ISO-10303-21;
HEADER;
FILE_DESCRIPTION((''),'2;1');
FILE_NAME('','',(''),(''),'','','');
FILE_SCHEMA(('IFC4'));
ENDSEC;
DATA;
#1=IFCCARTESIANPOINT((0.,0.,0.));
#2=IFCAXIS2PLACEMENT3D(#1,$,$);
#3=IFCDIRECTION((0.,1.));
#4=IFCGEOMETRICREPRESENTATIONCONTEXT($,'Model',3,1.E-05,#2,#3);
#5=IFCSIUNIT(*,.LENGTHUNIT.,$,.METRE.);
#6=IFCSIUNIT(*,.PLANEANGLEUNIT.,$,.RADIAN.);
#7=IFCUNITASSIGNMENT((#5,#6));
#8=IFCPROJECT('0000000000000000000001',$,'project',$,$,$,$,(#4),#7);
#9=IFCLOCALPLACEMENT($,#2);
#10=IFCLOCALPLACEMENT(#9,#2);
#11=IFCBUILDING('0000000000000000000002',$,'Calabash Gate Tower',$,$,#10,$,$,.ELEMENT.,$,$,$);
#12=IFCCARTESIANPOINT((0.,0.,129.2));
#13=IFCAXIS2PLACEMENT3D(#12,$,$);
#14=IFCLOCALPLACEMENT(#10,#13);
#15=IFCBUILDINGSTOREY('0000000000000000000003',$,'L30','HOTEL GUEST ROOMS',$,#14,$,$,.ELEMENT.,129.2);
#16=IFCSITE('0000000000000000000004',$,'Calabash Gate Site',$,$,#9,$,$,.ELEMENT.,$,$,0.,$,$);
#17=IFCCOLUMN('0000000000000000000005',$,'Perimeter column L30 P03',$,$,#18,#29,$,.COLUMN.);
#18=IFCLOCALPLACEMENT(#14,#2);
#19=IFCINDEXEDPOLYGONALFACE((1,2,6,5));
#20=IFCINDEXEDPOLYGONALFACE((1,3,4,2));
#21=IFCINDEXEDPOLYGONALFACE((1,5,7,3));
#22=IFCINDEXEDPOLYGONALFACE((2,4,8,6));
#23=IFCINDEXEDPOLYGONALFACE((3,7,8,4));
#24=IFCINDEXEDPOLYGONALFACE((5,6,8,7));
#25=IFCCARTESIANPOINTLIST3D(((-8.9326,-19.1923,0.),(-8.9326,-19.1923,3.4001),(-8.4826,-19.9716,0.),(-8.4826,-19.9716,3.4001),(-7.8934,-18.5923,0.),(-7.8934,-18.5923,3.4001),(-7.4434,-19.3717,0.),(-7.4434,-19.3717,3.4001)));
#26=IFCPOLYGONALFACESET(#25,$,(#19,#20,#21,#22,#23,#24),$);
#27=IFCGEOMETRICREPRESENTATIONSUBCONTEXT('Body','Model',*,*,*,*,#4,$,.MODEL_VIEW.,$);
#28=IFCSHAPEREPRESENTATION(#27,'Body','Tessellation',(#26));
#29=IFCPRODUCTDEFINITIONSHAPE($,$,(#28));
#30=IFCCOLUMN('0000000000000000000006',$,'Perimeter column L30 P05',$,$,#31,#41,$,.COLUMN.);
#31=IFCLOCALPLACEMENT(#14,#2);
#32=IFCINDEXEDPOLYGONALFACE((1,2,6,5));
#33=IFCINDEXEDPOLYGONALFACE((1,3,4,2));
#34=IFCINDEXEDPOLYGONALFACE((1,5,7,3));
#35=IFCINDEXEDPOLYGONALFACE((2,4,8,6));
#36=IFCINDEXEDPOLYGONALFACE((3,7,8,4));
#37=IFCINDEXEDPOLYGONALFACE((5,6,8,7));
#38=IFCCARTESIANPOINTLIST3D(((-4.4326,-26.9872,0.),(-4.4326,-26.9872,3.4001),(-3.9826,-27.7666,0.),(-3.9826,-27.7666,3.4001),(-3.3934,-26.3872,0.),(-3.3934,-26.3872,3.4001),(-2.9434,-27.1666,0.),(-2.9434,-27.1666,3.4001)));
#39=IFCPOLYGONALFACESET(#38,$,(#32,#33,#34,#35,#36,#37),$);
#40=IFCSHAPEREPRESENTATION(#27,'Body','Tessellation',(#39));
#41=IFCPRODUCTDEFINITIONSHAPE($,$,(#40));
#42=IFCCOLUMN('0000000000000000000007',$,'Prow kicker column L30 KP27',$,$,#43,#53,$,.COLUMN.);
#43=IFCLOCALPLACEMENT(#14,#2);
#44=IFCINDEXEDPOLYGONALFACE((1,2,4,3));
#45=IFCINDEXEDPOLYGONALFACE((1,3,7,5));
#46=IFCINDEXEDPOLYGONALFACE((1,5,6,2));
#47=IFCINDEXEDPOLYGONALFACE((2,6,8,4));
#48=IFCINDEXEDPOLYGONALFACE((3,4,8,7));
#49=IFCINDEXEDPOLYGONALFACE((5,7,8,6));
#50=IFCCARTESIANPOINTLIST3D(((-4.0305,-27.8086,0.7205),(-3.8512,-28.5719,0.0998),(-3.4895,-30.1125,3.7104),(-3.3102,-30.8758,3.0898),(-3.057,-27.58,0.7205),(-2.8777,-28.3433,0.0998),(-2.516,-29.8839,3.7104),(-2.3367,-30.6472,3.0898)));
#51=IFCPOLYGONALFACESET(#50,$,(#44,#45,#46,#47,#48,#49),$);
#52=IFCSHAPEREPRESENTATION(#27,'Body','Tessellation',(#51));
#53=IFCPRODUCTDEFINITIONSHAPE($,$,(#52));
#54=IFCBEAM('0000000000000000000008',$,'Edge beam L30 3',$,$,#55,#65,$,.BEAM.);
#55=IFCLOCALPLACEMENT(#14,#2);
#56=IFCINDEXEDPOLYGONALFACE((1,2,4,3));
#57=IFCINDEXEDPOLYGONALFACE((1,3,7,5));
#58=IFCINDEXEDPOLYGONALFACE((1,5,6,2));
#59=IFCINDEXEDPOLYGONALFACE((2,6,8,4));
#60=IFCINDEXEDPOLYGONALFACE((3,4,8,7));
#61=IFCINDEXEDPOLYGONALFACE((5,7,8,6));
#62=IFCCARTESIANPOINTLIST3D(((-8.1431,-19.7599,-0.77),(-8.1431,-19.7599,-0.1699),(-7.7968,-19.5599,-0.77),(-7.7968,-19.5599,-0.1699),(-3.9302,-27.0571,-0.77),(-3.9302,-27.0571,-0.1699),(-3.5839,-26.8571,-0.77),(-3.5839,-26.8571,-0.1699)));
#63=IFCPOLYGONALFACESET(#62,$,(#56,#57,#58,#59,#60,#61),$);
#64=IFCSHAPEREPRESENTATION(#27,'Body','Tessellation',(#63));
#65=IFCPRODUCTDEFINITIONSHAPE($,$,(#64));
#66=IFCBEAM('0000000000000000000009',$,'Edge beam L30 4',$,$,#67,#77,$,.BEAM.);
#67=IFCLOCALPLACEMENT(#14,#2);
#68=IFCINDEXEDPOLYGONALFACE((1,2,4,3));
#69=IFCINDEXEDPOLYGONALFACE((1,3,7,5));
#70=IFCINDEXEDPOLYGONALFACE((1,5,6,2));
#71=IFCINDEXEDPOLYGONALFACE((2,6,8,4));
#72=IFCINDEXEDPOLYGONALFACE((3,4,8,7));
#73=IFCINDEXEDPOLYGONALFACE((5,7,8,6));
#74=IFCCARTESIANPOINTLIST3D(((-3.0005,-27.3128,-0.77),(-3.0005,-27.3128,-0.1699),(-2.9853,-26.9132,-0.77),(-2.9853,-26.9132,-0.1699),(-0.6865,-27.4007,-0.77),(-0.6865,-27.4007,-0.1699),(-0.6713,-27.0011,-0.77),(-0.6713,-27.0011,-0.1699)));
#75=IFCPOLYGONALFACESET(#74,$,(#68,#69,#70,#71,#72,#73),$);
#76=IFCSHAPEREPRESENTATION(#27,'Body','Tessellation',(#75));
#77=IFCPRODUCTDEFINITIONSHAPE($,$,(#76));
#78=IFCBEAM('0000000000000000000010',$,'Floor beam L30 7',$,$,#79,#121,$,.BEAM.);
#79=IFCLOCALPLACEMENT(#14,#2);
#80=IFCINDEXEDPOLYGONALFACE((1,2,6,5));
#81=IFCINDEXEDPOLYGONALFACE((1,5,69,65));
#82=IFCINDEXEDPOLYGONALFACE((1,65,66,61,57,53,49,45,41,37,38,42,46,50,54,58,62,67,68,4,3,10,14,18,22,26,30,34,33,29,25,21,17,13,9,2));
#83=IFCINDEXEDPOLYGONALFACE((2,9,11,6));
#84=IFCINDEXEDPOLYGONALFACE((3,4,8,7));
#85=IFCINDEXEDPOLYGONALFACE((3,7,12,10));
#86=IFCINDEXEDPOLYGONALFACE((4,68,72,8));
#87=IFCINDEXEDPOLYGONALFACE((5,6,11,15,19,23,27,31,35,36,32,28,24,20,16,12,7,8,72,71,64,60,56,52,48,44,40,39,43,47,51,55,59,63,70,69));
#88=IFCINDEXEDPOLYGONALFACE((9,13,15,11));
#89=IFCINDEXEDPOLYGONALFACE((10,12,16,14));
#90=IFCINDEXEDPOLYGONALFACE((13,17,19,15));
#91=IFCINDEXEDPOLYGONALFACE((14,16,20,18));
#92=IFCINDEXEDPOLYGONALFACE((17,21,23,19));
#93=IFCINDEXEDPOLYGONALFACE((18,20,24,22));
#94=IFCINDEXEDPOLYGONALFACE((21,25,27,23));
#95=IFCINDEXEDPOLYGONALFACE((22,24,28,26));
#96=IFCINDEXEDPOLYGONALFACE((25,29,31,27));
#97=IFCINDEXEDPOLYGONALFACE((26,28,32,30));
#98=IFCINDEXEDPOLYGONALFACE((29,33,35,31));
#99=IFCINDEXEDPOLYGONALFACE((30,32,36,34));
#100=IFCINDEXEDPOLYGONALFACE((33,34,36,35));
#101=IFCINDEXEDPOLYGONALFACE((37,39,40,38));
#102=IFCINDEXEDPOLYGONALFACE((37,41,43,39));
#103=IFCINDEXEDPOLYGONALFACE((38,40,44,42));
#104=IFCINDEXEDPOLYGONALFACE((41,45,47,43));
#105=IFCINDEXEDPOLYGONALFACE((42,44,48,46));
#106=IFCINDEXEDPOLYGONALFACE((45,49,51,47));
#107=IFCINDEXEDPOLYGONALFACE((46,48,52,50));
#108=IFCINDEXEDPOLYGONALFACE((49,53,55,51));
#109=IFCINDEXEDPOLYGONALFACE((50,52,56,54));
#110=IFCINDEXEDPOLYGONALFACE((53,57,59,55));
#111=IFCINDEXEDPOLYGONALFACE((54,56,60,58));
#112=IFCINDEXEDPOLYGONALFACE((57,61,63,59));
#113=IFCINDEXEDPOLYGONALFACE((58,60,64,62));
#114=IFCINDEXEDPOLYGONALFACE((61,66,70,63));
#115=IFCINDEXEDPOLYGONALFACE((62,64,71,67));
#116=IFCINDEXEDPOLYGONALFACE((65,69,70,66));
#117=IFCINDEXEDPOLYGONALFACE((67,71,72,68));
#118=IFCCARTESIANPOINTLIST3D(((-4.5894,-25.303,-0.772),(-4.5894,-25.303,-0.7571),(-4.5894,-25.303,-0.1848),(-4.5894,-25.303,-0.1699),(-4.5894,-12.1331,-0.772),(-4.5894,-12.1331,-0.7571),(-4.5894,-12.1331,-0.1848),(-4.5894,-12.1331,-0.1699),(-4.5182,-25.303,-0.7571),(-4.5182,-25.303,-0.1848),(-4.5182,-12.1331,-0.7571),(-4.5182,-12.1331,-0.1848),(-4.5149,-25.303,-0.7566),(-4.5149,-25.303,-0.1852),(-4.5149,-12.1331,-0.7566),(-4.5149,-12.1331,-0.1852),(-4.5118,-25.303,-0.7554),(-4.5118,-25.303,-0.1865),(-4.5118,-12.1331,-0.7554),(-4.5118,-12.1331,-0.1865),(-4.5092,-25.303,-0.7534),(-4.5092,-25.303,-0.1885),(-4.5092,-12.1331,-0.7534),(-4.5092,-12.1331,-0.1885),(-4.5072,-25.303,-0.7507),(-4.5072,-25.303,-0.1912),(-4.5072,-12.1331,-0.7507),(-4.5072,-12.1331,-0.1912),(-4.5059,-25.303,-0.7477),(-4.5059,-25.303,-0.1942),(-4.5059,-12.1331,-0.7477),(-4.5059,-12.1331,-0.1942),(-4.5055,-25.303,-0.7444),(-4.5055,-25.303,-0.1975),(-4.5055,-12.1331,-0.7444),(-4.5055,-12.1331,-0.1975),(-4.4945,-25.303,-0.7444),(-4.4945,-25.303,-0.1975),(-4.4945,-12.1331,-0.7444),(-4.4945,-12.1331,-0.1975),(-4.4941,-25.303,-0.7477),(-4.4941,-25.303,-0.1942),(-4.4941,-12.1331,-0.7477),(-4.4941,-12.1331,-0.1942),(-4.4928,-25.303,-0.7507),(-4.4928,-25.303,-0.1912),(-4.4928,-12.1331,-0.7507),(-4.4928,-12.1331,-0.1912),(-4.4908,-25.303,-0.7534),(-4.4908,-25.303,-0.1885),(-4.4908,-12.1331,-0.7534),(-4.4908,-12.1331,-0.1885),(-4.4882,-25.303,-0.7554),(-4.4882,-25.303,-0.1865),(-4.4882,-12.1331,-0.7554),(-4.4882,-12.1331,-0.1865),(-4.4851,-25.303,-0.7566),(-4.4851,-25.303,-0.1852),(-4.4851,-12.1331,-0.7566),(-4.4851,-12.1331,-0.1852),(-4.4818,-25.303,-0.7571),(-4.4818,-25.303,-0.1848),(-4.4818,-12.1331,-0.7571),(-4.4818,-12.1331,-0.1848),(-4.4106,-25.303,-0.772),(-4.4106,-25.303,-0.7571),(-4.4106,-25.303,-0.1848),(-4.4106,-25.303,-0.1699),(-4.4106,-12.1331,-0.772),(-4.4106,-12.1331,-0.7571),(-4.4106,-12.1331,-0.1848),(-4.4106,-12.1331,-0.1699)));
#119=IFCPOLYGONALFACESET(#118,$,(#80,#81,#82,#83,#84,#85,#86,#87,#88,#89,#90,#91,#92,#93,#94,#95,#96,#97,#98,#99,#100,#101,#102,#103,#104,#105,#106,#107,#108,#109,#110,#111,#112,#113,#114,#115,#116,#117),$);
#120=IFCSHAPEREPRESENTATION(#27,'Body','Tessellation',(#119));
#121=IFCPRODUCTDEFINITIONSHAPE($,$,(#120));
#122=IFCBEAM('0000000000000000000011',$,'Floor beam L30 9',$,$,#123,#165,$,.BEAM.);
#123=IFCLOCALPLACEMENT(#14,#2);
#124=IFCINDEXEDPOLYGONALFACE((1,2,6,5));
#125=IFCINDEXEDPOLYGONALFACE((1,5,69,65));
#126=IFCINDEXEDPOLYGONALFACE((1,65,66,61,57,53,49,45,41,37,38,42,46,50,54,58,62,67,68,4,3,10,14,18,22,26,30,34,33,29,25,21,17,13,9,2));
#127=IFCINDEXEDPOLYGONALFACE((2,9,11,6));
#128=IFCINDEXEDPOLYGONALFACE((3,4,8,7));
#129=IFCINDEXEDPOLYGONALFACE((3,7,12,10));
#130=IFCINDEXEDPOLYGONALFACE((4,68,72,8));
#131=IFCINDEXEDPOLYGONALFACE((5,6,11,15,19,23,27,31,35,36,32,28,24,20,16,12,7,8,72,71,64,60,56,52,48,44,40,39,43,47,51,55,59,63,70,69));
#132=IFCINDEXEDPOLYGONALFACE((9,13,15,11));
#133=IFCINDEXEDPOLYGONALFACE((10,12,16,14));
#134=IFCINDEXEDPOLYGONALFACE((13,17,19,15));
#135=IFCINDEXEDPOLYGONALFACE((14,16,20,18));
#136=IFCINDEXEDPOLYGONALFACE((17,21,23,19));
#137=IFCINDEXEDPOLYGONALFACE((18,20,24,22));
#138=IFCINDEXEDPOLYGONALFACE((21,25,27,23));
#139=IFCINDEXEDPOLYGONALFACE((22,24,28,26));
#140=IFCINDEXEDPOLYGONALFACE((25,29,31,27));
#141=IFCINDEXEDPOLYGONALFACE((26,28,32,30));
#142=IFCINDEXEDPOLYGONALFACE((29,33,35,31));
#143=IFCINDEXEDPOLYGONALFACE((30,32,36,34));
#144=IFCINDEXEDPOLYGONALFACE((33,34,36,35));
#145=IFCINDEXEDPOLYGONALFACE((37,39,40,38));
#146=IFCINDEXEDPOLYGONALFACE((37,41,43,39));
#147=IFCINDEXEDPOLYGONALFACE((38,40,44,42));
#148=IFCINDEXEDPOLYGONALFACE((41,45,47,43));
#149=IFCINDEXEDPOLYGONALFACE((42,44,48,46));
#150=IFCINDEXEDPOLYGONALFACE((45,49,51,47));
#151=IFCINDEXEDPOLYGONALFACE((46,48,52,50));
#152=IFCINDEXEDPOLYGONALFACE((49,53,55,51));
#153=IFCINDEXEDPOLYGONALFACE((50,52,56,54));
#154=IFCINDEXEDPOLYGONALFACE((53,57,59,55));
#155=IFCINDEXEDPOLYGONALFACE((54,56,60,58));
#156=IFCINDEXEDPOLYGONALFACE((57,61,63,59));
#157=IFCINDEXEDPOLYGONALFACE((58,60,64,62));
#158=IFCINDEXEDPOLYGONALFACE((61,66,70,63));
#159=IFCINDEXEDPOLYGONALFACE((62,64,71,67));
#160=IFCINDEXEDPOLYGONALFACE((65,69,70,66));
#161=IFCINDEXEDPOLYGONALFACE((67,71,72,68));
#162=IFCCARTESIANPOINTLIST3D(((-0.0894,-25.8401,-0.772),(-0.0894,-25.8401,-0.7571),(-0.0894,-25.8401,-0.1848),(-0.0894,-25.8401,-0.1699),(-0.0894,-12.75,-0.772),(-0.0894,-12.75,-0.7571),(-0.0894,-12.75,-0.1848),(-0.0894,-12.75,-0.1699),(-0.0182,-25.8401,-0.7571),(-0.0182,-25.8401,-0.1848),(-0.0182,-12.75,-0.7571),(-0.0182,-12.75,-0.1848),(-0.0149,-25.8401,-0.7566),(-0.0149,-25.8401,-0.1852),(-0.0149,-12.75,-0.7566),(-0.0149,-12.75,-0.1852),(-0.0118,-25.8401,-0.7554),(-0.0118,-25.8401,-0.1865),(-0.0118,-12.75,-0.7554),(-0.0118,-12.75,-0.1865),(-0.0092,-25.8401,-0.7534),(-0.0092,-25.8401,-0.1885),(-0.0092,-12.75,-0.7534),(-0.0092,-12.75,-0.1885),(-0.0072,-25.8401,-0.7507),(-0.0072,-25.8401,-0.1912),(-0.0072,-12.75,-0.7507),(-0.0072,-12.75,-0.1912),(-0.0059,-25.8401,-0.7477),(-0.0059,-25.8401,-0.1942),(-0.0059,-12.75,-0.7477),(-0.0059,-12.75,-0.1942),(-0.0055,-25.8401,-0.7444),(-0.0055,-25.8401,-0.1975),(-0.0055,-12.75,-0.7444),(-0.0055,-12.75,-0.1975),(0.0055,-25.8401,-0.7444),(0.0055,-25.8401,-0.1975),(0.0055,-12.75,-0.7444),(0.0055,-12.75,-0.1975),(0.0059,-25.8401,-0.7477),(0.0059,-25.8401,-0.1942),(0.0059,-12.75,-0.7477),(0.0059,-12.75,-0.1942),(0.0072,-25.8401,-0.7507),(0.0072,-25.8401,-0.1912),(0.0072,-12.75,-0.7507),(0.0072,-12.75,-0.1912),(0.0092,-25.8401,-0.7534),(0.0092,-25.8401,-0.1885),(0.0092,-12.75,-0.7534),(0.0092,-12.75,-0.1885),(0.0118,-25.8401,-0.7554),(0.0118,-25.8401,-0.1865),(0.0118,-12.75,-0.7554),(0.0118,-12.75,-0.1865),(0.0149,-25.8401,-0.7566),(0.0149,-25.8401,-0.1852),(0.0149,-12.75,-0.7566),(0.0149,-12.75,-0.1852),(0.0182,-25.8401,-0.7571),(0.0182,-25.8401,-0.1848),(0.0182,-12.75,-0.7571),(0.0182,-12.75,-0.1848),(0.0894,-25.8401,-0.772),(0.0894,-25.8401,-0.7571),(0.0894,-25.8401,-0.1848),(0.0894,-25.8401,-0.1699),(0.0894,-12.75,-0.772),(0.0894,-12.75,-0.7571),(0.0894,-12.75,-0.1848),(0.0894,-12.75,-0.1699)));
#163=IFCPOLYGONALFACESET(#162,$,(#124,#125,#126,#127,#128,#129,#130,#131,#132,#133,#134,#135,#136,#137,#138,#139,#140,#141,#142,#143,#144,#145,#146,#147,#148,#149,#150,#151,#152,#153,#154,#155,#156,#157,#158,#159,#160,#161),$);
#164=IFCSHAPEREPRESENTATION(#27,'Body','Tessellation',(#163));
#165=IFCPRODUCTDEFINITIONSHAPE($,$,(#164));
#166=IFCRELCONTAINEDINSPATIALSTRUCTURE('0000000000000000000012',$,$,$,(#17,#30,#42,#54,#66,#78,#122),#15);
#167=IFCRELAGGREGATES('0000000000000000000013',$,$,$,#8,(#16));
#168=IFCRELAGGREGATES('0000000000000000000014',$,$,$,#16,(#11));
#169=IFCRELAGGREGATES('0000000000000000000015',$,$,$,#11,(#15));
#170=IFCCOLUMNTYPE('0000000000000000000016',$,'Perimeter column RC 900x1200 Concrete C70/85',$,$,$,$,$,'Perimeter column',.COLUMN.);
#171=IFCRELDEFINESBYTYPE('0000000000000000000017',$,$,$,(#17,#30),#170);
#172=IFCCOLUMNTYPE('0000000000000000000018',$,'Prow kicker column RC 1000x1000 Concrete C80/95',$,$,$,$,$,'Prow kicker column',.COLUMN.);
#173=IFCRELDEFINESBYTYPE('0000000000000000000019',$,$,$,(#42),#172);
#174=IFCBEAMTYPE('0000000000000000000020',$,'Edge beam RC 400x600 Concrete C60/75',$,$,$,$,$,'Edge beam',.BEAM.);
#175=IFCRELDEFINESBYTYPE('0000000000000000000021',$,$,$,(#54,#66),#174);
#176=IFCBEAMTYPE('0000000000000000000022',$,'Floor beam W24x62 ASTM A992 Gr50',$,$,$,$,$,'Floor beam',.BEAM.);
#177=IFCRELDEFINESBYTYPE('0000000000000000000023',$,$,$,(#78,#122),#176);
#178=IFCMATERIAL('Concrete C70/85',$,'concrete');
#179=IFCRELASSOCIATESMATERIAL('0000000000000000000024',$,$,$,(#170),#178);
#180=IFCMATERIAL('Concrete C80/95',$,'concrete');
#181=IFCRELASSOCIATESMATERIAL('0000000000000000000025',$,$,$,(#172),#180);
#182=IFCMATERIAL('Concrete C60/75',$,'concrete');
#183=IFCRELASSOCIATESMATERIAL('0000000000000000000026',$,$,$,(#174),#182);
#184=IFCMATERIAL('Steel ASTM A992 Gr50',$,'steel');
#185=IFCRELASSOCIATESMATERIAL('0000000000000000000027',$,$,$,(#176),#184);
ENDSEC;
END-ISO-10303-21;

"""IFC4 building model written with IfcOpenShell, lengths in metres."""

from ifc_helpers import new_model, si_unit, direction, frame, origin, origin_2d, place, context, subcontext, project, spatial, rectangle, i_section, extrude, material, material_profile, profile_set, type_object, element, save


model = new_model("IFC4")

# Units and contexts
model_context = context("Model", 3, precision=1e-05, world=origin(), true_north=direction((0.0, 1.0)))
body_context = subcontext(model_context, "Body", "Model", "MODEL_VIEW")
ifc_project = project(units=[si_unit("LENGTHUNIT", "METRE"), si_unit("PLANEANGLEUNIT", "RADIAN")], contexts=[model_context])

# Site, building, storey
site_placement = place(None, origin())
site = spatial("IfcSite", under=ifc_project, at=site_placement, Name="Calabash Gate Site", CompositionType="ELEMENT", RefElevation=0.0)
building_placement = place(site_placement, origin())
building = spatial("IfcBuilding", under=site, at=building_placement, Name="Calabash Gate Tower", CompositionType="ELEMENT")
storey_placement = place(building_placement, frame((0.0, 0.0, 129.2)))
storey = spatial("IfcBuildingStorey", under=building, at=storey_placement, Name="L30", Description="HOTEL GUEST ROOMS", CompositionType="ELEMENT", Elevation=129.2)

# Columns
ifc_material_1 = material(Name="Concrete C70/85", Category="concrete")
ifc_material_profile_1 = material_profile(ifc_material_1, rectangle(XDim=0.8999, YDim=1.2, at=origin_2d()))
ifc_profile_set_1 = profile_set([ifc_material_profile_1], Name="Concrete C70/85")
column_type_1 = type_object("IfcColumnType", Name="Perimeter column RC 900x1200 Concrete C70/85", ElementType="Perimeter column", PredefinedType="COLUMN", material=ifc_profile_set_1)
for number, where, z_axis, x_axis, name in (
    (1, (-8.188, -19.282, 0.0), (0.0, 0.0, 1.0), (0.5, -0.866025, 0.0), "Perimeter column L30 P03"),
    (2, (-3.688, -27.0769, 0.0), (0.0, 0.0, 1.0), (0.5, -0.866025, 0.0), "Perimeter column L30 P05"),
):
    element("IfcColumn", number, at=place(storey_placement, frame(where, z_axis=z_axis, x_axis=x_axis)), inside=storey, type_object=column_type_1, Name=name, PredefinedType="COLUMN", context=body_context, shape_type="SweptSolid", body=[
        extrude(rectangle(XDim=0.8999, YDim=1.2, at=origin_2d()), origin(), (0.0, 0.0, 1.0), 3.4001),
    ])
ifc_material_2 = material(Name="Concrete C80/95", Category="concrete")
ifc_material_profile_2 = material_profile(ifc_material_2, rectangle(XDim=1.0, YDim=1.0, at=origin_2d()))
ifc_profile_set_2 = profile_set([ifc_material_profile_2], Name="Concrete C80/95")
column_type_2 = type_object("IfcColumnType", Name="Prow kicker column RC 1000x1000 Concrete C80/95", ElementType="Prow kicker column", PredefinedType="COLUMN", material=ifc_profile_set_2)
column_placement = place(storey_placement, frame((-3.4541, -28.0759, 0.4102), z_axis=(0.141877, -0.604196, 0.784104), x_axis=(-0.179248, 0.76334, 0.62063)))
element("IfcColumn", 3, at=column_placement, inside=storey, type_object=column_type_2, Name="Prow kicker column L30 KP27", PredefinedType="COLUMN", context=body_context, shape_type="SweptSolid", body=[
    extrude(rectangle(XDim=1.0, YDim=1.0, at=origin_2d()), origin(), (0.0, 0.0, 1.0), 3.8132),
])

# Beams
ifc_material_3 = material(Name="Concrete C60/75", Category="concrete")
ifc_material_profile_3 = material_profile(ifc_material_3, rectangle(XDim=0.3999, YDim=0.6001, at=origin_2d()))
ifc_profile_set_3 = profile_set([ifc_material_profile_3], Name="Concrete C60/75")
beam_type_1 = type_object("IfcBeamType", Name="Edge beam RC 400x600 Concrete C60/75", ElementType="Edge beam", PredefinedType="BEAM", material=ifc_profile_set_3)
beam_1_placement = place(storey_placement, frame((-7.97, -19.6599, -0.47), z_axis=(0.499991, -0.866031, 0.0), x_axis=(0.866031, 0.499991, 0.0)))
element("IfcBeam", 4, at=beam_1_placement, inside=storey, type_object=beam_type_1, Name="Edge beam L30 3", PredefinedType="BEAM", context=body_context, shape_type="SweptSolid", body=[
    extrude(rectangle(XDim=0.3999, YDim=0.6001, at=origin_2d()), origin(), (0.0, 0.0, 1.0), 8.426),
])
beam_2_placement = place(storey_placement, frame((-2.9929, -27.113, -0.47), z_axis=(0.999279, -0.037955, 0.0), x_axis=(0.037955, 0.999279, 0.0)))
element("IfcBeam", 5, at=beam_2_placement, inside=storey, type_object=beam_type_1, Name="Edge beam L30 4", PredefinedType="BEAM", context=body_context, shape_type="SweptSolid", body=[
    extrude(rectangle(XDim=0.3999, YDim=0.6001, at=origin_2d()), origin(), (0.0, 0.0, 1.0), 2.3157),
])
ifc_material_4 = material(Name="Steel ASTM A992 Gr50", Category="steel")
ifc_material_profile_4 = material_profile(ifc_material_4, i_section(OverallWidth=0.1787, OverallDepth=0.6021, WebThickness=0.011, FlangeThickness=0.0149, FilletRadius=0.0127, at=origin_2d()))
ifc_profile_set_4 = profile_set([ifc_material_profile_4], Name="Steel ASTM A992 Gr50")
beam_type_2 = type_object("IfcBeamType", Name="Floor beam W24x62 ASTM A992 Gr50", ElementType="Floor beam", PredefinedType="BEAM", material=ifc_profile_set_4)
beam_3_placement = place(storey_placement, frame((-4.5, -25.303, -0.4709), z_axis=(0.0, 1.0, 0.0), x_axis=(-1.0, 0.0, 0.0)))
element("IfcBeam", 6, at=beam_3_placement, inside=storey, type_object=beam_type_2, Name="Floor beam L30 7", PredefinedType="BEAM", context=body_context, shape_type="SweptSolid", body=[
    extrude(i_section(OverallWidth=0.1787, OverallDepth=0.6021, WebThickness=0.011, FlangeThickness=0.0149, FilletRadius=0.0127, at=origin_2d()), origin(), (0.0, 0.0, 1.0), 13.1699),
])
beam_4_placement = place(storey_placement, frame((0.0, -25.8401, -0.4709), z_axis=(0.0, 1.0, 0.0), x_axis=(-1.0, 0.0, 0.0)))
element("IfcBeam", 7, at=beam_4_placement, inside=storey, type_object=beam_type_2, Name="Floor beam L30 9", PredefinedType="BEAM", context=body_context, shape_type="SweptSolid", body=[
    extrude(i_section(OverallWidth=0.1787, OverallDepth=0.6021, WebThickness=0.011, FlangeThickness=0.0149, FilletRadius=0.0127, at=origin_2d()), origin(), (0.0, 0.0, 1.0), 13.0901),
])

save(model, "model.ifc")
